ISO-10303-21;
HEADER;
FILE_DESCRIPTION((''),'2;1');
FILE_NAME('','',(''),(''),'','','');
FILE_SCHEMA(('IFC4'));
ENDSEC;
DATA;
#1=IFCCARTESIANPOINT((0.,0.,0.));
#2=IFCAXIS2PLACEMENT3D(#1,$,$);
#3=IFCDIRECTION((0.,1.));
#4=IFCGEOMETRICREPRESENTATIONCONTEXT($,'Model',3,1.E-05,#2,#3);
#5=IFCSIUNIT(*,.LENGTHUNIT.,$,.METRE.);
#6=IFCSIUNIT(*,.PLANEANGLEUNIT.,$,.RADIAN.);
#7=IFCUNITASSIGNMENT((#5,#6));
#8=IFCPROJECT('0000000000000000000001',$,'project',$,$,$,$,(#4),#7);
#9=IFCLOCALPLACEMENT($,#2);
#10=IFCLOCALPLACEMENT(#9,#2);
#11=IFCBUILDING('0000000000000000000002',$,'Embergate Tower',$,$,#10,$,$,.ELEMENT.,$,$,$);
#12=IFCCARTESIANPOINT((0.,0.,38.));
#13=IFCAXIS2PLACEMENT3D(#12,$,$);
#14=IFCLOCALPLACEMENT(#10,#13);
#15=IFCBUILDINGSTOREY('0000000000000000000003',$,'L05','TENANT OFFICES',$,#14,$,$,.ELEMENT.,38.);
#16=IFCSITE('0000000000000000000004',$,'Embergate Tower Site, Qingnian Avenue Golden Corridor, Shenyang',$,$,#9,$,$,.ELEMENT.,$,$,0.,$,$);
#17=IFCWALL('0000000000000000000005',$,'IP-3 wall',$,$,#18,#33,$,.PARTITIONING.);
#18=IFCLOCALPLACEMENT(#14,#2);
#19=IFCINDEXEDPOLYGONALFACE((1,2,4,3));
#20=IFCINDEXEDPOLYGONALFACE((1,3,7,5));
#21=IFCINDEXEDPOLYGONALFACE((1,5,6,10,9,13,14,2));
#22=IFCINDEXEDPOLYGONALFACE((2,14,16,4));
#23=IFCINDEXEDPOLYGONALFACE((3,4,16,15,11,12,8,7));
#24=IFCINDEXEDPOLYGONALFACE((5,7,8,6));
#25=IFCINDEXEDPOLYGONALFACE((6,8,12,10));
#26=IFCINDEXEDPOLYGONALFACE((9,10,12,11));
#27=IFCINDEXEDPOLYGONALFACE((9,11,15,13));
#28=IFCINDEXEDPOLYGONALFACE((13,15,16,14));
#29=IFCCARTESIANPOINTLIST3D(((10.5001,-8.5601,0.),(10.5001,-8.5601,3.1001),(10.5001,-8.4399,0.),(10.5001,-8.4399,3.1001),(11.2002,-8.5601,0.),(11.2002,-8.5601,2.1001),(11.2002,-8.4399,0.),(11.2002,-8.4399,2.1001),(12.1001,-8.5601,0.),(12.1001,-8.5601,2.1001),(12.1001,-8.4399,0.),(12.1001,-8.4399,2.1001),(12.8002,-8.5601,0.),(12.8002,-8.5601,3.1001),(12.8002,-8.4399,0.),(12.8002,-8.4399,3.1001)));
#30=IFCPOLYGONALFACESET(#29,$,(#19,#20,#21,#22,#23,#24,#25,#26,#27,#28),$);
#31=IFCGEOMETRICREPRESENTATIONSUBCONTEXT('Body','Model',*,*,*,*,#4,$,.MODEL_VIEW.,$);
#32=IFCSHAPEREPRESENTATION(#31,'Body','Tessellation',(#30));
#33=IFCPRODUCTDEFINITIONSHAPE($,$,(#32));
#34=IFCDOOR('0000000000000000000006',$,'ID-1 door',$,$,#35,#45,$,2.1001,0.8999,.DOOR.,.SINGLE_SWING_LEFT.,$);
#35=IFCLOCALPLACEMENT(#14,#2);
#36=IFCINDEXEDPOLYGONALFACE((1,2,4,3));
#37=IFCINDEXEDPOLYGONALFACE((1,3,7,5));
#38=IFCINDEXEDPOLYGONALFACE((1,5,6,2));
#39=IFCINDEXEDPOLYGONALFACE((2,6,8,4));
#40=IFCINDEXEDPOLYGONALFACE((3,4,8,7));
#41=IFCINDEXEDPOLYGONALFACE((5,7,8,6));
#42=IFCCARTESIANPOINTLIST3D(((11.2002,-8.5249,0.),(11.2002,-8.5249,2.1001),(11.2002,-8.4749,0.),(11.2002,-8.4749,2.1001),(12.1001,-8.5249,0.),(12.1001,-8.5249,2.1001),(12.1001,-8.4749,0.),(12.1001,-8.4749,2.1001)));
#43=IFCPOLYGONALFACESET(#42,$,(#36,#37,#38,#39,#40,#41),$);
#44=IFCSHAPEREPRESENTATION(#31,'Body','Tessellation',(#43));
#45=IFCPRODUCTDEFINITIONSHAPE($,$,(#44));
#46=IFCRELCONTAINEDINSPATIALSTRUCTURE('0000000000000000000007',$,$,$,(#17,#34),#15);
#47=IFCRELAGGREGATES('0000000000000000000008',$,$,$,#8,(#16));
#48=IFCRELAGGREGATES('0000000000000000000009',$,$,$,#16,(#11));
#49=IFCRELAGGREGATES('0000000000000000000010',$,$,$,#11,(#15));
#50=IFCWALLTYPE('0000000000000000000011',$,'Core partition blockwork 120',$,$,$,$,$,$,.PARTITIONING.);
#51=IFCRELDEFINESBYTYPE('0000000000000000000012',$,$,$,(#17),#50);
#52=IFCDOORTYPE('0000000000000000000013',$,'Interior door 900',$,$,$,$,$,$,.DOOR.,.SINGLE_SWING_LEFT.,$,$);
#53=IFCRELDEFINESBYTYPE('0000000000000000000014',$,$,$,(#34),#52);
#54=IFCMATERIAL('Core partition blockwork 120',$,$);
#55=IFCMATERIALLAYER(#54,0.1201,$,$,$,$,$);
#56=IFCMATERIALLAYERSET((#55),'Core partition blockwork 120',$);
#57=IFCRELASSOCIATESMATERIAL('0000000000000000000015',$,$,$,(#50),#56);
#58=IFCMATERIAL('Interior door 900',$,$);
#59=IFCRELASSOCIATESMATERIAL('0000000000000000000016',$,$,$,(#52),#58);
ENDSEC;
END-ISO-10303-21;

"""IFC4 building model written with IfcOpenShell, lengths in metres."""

from ifc_helpers import new_model, si_unit, direction, frame, frame_2d, origin, place, context, subcontext, project, spatial, rectangle, extrude, source, transform, mapped, material, layer, layer_set, type_object, element, fill, save


model = new_model("IFC4")

# Units and contexts
model_context = context("Model", 3, precision=1e-05, world=origin(), true_north=direction((0.0, 1.0)))
body_context = subcontext(model_context, "Body", "Model", "MODEL_VIEW")
ifc_project = project(units=[si_unit("LENGTHUNIT", "METRE"), si_unit("PLANEANGLEUNIT", "RADIAN")], contexts=[model_context])

# Site, building, storey
site_placement = place(None, origin())
site = spatial("IfcSite", under=ifc_project, at=site_placement, Name="Embergate Tower Site, Qingnian Avenue Golden Corridor, Shenyang", CompositionType="ELEMENT", RefElevation=0.0)
building_placement = place(site_placement, origin())
building = spatial("IfcBuilding", under=site, at=building_placement, Name="Embergate Tower", CompositionType="ELEMENT")
storey_placement = place(building_placement, frame((0.0, 0.0, 38.0)))
storey = spatial("IfcBuildingStorey", under=building, at=storey_placement, Name="L05", Description="TENANT OFFICES", CompositionType="ELEMENT", Elevation=38.0)

# Shared definitions
shared_shape_1 = source(origin(), body_context, "Body", "SweptSolid", [
    extrude(rectangle(XDim=0.8999, YDim=2.1001, at=frame_2d((0.45, 1.05))), frame((0.0, 0.0249, 0.0), z_axis=(0.0, -1.0, 0.0), x_axis=(1.0, 0.0, 0.0)), (0.0, 0.0, 1.0), 0.05),
])

# Wall, opening, door
ifc_material_1 = material(Name="Core partition blockwork 120")
ifc_layer_1 = layer(ifc_material_1, 0.1201)
ifc_layer_set_1 = layer_set([ifc_layer_1], Name="Core partition blockwork 120")
wall_type_1 = type_object("IfcWallType", Name="Core partition blockwork 120", PredefinedType="PARTITIONING", material=ifc_layer_set_1)
shared_shape_2 = source(origin(), body_context, "Body", "SweptSolid", [
    extrude(rectangle(XDim=2.3, YDim=0.1201, at=frame_2d((1.1499, 0.0))), origin(), (0.0, 0.0, 1.0), 3.1001),
])
wall_1_placement = place(storey_placement, frame((12.8, -8.5, 0.0), z_axis=(0.0, 0.0, 1.0), x_axis=(-1.0, 0.0, 0.0)))
wall_1 = element("IfcWall", 1, at=wall_1_placement, inside=storey, type_object=wall_type_1, Name="IP-3 wall", PredefinedType="PARTITIONING", context=body_context, shape_type="MappedRepresentation", body=[
    mapped(shared_shape_2, transform((0.0, 0.0, 0.0))),
])
shared_shape_3 = source(origin(), body_context, "Body", "SweptSolid", [
    extrude(rectangle(XDim=0.8999, YDim=2.1001, at=frame_2d((0.45, 1.05))), frame((0.0, 0.0701, 0.0), z_axis=(0.0, -1.0, 0.0), x_axis=(1.0, 0.0, 0.0)), (0.0, 0.0, 1.0), 0.1401),
])
opening_1_placement = place(wall_1_placement, frame((0.7, 0.0, 0.0)))
opening_1 = element("IfcOpeningElement", 2, at=opening_1_placement, cuts=wall_1, PredefinedType="OPENING", context=body_context, shape_type="MappedRepresentation", body=[
    mapped(shared_shape_3, transform((0.0, 0.0, 0.0))),
])
ifc_material_2 = material(Name="Interior door 900")
door_type_1 = type_object("IfcDoorType", Name="Interior door 900", OperationType="SINGLE_SWING_LEFT", PredefinedType="DOOR", material=ifc_material_2)
door_1_placement = place(opening_1_placement, origin())
door_1 = element("IfcDoor", 3, at=door_1_placement, inside=storey, type_object=door_type_1, Name="ID-1 door", OperationType="SINGLE_SWING_LEFT", OverallHeight=2.1001, OverallWidth=0.8999, PredefinedType="DOOR", context=body_context, shape_type="MappedRepresentation", body=[
    mapped(shared_shape_1, transform((0.0, 0.0, 0.0))),
])
fill(opening_1, door_1)

save(model, "model.ifc")
